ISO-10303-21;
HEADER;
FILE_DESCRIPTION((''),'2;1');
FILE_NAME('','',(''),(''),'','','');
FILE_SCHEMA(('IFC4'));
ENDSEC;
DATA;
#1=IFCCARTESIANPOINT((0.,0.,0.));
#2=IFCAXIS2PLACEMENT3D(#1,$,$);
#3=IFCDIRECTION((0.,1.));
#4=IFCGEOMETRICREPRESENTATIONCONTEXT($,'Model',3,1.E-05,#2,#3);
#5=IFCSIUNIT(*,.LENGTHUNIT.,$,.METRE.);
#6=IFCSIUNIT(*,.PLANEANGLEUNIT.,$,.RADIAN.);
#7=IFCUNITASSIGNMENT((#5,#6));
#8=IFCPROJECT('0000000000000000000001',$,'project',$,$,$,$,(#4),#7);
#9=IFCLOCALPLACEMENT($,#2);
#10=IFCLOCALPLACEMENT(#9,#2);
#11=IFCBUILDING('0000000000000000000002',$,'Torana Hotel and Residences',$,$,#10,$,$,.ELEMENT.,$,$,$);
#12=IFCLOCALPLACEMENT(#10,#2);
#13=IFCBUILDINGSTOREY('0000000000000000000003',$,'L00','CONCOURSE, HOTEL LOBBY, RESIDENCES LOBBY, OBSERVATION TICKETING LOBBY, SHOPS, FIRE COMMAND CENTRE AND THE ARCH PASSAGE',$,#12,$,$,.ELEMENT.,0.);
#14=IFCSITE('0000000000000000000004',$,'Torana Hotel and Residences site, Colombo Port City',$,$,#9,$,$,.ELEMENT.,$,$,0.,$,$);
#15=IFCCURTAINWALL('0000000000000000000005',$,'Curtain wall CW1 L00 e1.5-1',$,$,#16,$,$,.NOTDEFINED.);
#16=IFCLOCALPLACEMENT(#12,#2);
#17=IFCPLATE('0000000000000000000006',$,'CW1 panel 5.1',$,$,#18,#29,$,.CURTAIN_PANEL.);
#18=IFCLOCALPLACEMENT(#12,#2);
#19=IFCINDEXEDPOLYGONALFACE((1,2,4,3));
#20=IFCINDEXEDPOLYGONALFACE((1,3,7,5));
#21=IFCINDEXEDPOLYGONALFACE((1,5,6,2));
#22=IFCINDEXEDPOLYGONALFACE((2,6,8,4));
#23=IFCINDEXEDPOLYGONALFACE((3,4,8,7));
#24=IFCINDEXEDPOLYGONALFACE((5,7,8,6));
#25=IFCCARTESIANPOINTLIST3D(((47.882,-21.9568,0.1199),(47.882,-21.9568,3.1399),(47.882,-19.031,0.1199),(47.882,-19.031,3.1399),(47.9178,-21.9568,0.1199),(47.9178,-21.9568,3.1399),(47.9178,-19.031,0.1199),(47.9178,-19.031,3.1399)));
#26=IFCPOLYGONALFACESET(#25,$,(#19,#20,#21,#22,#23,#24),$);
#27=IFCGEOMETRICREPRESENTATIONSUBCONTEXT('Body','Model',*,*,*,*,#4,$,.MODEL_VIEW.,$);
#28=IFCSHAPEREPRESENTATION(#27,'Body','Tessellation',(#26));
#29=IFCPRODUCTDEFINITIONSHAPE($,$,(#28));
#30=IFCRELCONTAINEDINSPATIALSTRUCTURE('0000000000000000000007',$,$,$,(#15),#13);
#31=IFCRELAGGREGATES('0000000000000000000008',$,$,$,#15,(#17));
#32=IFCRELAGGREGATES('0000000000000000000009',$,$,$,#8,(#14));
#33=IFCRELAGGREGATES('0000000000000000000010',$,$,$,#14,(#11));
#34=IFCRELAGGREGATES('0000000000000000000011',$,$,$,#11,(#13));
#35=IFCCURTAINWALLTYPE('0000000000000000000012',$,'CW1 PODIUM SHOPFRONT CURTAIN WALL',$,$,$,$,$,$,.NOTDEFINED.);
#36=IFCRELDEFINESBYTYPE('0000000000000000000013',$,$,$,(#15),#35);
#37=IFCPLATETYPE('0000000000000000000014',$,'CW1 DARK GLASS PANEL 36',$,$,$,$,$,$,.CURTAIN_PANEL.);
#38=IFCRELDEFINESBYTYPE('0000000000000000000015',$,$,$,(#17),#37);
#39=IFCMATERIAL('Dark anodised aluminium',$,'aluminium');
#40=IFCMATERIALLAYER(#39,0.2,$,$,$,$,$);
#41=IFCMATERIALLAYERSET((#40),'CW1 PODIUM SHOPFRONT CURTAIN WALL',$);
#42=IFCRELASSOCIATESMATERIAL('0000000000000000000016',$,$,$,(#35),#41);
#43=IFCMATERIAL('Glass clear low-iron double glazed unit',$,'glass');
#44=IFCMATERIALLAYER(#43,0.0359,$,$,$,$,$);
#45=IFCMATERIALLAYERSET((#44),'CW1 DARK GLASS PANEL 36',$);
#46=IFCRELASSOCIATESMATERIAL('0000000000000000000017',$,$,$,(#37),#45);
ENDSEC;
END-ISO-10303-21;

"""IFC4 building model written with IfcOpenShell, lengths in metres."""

from ifc_helpers import new_model, si_unit, direction, frame, origin, origin_2d, place, context, subcontext, project, spatial, rectangle, extrude, material, layer, layer_set, type_object, element, aggregate, save


model = new_model("IFC4")

# Units and contexts
model_context = context("Model", 3, precision=1e-05, world=origin(), true_north=direction((0.0, 1.0)))
body_context = subcontext(model_context, "Body", "Model", "MODEL_VIEW")
ifc_project = project(units=[si_unit("LENGTHUNIT", "METRE"), si_unit("PLANEANGLEUNIT", "RADIAN")], contexts=[model_context])

# Site, building, storey
site_placement = place(None, origin())
site = spatial("IfcSite", under=ifc_project, at=site_placement, Name="Torana Hotel and Residences site, Colombo Port City", CompositionType="ELEMENT", RefElevation=0.0)
building_placement = place(site_placement, origin())
building = spatial("IfcBuilding", under=site, at=building_placement, Name="Torana Hotel and Residences", CompositionType="ELEMENT")
storey_placement = place(building_placement, origin())
storey = spatial("IfcBuildingStorey", under=building, at=storey_placement, Name="L00", Description="CONCOURSE, HOTEL LOBBY, RESIDENCES LOBBY, OBSERVATION TICKETING LOBBY, SHOPS, FIRE COMMAND CENTRE AND THE ARCH PASSAGE", CompositionType="ELEMENT", Elevation=0.0)

# Curtain wall, plate
ifc_material_1 = material(Name="Dark anodised aluminium", Category="aluminium")
ifc_layer_1 = layer(ifc_material_1, 0.2)
ifc_layer_set_1 = layer_set([ifc_layer_1], Name="CW1 PODIUM SHOPFRONT CURTAIN WALL")
curtain_wall_type = type_object("IfcCurtainWallType", Name="CW1 PODIUM SHOPFRONT CURTAIN WALL", PredefinedType="NOTDEFINED", material=ifc_layer_set_1)
curtain_wall_placement = place(storey_placement, origin())
curtain_wall = element("IfcCurtainWall", 1, at=curtain_wall_placement, inside=storey, type_object=curtain_wall_type, Name="Curtain wall CW1 L00 e1.5-1", PredefinedType="NOTDEFINED")
ifc_material_2 = material(Name="Glass clear low-iron double glazed unit", Category="glass")
ifc_layer_2 = layer(ifc_material_2, 0.0359)
ifc_layer_set_2 = layer_set([ifc_layer_2], Name="CW1 DARK GLASS PANEL 36")
plate_type = type_object("IfcPlateType", Name="CW1 DARK GLASS PANEL 36", PredefinedType="CURTAIN_PANEL", material=ifc_layer_set_2)
plate_1_placement = place(storey_placement, frame((47.8999, -20.4939, 0.1199), z_axis=(0.0, 0.0, 1.0), x_axis=(0.0, 1.0, 0.0)))
plate_1 = element("IfcPlate", 2, at=plate_1_placement, type_object=plate_type, Name="CW1 panel 5.1", PredefinedType="CURTAIN_PANEL", context=body_context, shape_type="SweptSolid", body=[
    extrude(rectangle(XDim=2.9258, YDim=0.0359, at=origin_2d()), origin(), (0.0, 0.0, 1.0), 3.02),
])
aggregate(curtain_wall, [plate_1])

save(model, "model.ifc")
